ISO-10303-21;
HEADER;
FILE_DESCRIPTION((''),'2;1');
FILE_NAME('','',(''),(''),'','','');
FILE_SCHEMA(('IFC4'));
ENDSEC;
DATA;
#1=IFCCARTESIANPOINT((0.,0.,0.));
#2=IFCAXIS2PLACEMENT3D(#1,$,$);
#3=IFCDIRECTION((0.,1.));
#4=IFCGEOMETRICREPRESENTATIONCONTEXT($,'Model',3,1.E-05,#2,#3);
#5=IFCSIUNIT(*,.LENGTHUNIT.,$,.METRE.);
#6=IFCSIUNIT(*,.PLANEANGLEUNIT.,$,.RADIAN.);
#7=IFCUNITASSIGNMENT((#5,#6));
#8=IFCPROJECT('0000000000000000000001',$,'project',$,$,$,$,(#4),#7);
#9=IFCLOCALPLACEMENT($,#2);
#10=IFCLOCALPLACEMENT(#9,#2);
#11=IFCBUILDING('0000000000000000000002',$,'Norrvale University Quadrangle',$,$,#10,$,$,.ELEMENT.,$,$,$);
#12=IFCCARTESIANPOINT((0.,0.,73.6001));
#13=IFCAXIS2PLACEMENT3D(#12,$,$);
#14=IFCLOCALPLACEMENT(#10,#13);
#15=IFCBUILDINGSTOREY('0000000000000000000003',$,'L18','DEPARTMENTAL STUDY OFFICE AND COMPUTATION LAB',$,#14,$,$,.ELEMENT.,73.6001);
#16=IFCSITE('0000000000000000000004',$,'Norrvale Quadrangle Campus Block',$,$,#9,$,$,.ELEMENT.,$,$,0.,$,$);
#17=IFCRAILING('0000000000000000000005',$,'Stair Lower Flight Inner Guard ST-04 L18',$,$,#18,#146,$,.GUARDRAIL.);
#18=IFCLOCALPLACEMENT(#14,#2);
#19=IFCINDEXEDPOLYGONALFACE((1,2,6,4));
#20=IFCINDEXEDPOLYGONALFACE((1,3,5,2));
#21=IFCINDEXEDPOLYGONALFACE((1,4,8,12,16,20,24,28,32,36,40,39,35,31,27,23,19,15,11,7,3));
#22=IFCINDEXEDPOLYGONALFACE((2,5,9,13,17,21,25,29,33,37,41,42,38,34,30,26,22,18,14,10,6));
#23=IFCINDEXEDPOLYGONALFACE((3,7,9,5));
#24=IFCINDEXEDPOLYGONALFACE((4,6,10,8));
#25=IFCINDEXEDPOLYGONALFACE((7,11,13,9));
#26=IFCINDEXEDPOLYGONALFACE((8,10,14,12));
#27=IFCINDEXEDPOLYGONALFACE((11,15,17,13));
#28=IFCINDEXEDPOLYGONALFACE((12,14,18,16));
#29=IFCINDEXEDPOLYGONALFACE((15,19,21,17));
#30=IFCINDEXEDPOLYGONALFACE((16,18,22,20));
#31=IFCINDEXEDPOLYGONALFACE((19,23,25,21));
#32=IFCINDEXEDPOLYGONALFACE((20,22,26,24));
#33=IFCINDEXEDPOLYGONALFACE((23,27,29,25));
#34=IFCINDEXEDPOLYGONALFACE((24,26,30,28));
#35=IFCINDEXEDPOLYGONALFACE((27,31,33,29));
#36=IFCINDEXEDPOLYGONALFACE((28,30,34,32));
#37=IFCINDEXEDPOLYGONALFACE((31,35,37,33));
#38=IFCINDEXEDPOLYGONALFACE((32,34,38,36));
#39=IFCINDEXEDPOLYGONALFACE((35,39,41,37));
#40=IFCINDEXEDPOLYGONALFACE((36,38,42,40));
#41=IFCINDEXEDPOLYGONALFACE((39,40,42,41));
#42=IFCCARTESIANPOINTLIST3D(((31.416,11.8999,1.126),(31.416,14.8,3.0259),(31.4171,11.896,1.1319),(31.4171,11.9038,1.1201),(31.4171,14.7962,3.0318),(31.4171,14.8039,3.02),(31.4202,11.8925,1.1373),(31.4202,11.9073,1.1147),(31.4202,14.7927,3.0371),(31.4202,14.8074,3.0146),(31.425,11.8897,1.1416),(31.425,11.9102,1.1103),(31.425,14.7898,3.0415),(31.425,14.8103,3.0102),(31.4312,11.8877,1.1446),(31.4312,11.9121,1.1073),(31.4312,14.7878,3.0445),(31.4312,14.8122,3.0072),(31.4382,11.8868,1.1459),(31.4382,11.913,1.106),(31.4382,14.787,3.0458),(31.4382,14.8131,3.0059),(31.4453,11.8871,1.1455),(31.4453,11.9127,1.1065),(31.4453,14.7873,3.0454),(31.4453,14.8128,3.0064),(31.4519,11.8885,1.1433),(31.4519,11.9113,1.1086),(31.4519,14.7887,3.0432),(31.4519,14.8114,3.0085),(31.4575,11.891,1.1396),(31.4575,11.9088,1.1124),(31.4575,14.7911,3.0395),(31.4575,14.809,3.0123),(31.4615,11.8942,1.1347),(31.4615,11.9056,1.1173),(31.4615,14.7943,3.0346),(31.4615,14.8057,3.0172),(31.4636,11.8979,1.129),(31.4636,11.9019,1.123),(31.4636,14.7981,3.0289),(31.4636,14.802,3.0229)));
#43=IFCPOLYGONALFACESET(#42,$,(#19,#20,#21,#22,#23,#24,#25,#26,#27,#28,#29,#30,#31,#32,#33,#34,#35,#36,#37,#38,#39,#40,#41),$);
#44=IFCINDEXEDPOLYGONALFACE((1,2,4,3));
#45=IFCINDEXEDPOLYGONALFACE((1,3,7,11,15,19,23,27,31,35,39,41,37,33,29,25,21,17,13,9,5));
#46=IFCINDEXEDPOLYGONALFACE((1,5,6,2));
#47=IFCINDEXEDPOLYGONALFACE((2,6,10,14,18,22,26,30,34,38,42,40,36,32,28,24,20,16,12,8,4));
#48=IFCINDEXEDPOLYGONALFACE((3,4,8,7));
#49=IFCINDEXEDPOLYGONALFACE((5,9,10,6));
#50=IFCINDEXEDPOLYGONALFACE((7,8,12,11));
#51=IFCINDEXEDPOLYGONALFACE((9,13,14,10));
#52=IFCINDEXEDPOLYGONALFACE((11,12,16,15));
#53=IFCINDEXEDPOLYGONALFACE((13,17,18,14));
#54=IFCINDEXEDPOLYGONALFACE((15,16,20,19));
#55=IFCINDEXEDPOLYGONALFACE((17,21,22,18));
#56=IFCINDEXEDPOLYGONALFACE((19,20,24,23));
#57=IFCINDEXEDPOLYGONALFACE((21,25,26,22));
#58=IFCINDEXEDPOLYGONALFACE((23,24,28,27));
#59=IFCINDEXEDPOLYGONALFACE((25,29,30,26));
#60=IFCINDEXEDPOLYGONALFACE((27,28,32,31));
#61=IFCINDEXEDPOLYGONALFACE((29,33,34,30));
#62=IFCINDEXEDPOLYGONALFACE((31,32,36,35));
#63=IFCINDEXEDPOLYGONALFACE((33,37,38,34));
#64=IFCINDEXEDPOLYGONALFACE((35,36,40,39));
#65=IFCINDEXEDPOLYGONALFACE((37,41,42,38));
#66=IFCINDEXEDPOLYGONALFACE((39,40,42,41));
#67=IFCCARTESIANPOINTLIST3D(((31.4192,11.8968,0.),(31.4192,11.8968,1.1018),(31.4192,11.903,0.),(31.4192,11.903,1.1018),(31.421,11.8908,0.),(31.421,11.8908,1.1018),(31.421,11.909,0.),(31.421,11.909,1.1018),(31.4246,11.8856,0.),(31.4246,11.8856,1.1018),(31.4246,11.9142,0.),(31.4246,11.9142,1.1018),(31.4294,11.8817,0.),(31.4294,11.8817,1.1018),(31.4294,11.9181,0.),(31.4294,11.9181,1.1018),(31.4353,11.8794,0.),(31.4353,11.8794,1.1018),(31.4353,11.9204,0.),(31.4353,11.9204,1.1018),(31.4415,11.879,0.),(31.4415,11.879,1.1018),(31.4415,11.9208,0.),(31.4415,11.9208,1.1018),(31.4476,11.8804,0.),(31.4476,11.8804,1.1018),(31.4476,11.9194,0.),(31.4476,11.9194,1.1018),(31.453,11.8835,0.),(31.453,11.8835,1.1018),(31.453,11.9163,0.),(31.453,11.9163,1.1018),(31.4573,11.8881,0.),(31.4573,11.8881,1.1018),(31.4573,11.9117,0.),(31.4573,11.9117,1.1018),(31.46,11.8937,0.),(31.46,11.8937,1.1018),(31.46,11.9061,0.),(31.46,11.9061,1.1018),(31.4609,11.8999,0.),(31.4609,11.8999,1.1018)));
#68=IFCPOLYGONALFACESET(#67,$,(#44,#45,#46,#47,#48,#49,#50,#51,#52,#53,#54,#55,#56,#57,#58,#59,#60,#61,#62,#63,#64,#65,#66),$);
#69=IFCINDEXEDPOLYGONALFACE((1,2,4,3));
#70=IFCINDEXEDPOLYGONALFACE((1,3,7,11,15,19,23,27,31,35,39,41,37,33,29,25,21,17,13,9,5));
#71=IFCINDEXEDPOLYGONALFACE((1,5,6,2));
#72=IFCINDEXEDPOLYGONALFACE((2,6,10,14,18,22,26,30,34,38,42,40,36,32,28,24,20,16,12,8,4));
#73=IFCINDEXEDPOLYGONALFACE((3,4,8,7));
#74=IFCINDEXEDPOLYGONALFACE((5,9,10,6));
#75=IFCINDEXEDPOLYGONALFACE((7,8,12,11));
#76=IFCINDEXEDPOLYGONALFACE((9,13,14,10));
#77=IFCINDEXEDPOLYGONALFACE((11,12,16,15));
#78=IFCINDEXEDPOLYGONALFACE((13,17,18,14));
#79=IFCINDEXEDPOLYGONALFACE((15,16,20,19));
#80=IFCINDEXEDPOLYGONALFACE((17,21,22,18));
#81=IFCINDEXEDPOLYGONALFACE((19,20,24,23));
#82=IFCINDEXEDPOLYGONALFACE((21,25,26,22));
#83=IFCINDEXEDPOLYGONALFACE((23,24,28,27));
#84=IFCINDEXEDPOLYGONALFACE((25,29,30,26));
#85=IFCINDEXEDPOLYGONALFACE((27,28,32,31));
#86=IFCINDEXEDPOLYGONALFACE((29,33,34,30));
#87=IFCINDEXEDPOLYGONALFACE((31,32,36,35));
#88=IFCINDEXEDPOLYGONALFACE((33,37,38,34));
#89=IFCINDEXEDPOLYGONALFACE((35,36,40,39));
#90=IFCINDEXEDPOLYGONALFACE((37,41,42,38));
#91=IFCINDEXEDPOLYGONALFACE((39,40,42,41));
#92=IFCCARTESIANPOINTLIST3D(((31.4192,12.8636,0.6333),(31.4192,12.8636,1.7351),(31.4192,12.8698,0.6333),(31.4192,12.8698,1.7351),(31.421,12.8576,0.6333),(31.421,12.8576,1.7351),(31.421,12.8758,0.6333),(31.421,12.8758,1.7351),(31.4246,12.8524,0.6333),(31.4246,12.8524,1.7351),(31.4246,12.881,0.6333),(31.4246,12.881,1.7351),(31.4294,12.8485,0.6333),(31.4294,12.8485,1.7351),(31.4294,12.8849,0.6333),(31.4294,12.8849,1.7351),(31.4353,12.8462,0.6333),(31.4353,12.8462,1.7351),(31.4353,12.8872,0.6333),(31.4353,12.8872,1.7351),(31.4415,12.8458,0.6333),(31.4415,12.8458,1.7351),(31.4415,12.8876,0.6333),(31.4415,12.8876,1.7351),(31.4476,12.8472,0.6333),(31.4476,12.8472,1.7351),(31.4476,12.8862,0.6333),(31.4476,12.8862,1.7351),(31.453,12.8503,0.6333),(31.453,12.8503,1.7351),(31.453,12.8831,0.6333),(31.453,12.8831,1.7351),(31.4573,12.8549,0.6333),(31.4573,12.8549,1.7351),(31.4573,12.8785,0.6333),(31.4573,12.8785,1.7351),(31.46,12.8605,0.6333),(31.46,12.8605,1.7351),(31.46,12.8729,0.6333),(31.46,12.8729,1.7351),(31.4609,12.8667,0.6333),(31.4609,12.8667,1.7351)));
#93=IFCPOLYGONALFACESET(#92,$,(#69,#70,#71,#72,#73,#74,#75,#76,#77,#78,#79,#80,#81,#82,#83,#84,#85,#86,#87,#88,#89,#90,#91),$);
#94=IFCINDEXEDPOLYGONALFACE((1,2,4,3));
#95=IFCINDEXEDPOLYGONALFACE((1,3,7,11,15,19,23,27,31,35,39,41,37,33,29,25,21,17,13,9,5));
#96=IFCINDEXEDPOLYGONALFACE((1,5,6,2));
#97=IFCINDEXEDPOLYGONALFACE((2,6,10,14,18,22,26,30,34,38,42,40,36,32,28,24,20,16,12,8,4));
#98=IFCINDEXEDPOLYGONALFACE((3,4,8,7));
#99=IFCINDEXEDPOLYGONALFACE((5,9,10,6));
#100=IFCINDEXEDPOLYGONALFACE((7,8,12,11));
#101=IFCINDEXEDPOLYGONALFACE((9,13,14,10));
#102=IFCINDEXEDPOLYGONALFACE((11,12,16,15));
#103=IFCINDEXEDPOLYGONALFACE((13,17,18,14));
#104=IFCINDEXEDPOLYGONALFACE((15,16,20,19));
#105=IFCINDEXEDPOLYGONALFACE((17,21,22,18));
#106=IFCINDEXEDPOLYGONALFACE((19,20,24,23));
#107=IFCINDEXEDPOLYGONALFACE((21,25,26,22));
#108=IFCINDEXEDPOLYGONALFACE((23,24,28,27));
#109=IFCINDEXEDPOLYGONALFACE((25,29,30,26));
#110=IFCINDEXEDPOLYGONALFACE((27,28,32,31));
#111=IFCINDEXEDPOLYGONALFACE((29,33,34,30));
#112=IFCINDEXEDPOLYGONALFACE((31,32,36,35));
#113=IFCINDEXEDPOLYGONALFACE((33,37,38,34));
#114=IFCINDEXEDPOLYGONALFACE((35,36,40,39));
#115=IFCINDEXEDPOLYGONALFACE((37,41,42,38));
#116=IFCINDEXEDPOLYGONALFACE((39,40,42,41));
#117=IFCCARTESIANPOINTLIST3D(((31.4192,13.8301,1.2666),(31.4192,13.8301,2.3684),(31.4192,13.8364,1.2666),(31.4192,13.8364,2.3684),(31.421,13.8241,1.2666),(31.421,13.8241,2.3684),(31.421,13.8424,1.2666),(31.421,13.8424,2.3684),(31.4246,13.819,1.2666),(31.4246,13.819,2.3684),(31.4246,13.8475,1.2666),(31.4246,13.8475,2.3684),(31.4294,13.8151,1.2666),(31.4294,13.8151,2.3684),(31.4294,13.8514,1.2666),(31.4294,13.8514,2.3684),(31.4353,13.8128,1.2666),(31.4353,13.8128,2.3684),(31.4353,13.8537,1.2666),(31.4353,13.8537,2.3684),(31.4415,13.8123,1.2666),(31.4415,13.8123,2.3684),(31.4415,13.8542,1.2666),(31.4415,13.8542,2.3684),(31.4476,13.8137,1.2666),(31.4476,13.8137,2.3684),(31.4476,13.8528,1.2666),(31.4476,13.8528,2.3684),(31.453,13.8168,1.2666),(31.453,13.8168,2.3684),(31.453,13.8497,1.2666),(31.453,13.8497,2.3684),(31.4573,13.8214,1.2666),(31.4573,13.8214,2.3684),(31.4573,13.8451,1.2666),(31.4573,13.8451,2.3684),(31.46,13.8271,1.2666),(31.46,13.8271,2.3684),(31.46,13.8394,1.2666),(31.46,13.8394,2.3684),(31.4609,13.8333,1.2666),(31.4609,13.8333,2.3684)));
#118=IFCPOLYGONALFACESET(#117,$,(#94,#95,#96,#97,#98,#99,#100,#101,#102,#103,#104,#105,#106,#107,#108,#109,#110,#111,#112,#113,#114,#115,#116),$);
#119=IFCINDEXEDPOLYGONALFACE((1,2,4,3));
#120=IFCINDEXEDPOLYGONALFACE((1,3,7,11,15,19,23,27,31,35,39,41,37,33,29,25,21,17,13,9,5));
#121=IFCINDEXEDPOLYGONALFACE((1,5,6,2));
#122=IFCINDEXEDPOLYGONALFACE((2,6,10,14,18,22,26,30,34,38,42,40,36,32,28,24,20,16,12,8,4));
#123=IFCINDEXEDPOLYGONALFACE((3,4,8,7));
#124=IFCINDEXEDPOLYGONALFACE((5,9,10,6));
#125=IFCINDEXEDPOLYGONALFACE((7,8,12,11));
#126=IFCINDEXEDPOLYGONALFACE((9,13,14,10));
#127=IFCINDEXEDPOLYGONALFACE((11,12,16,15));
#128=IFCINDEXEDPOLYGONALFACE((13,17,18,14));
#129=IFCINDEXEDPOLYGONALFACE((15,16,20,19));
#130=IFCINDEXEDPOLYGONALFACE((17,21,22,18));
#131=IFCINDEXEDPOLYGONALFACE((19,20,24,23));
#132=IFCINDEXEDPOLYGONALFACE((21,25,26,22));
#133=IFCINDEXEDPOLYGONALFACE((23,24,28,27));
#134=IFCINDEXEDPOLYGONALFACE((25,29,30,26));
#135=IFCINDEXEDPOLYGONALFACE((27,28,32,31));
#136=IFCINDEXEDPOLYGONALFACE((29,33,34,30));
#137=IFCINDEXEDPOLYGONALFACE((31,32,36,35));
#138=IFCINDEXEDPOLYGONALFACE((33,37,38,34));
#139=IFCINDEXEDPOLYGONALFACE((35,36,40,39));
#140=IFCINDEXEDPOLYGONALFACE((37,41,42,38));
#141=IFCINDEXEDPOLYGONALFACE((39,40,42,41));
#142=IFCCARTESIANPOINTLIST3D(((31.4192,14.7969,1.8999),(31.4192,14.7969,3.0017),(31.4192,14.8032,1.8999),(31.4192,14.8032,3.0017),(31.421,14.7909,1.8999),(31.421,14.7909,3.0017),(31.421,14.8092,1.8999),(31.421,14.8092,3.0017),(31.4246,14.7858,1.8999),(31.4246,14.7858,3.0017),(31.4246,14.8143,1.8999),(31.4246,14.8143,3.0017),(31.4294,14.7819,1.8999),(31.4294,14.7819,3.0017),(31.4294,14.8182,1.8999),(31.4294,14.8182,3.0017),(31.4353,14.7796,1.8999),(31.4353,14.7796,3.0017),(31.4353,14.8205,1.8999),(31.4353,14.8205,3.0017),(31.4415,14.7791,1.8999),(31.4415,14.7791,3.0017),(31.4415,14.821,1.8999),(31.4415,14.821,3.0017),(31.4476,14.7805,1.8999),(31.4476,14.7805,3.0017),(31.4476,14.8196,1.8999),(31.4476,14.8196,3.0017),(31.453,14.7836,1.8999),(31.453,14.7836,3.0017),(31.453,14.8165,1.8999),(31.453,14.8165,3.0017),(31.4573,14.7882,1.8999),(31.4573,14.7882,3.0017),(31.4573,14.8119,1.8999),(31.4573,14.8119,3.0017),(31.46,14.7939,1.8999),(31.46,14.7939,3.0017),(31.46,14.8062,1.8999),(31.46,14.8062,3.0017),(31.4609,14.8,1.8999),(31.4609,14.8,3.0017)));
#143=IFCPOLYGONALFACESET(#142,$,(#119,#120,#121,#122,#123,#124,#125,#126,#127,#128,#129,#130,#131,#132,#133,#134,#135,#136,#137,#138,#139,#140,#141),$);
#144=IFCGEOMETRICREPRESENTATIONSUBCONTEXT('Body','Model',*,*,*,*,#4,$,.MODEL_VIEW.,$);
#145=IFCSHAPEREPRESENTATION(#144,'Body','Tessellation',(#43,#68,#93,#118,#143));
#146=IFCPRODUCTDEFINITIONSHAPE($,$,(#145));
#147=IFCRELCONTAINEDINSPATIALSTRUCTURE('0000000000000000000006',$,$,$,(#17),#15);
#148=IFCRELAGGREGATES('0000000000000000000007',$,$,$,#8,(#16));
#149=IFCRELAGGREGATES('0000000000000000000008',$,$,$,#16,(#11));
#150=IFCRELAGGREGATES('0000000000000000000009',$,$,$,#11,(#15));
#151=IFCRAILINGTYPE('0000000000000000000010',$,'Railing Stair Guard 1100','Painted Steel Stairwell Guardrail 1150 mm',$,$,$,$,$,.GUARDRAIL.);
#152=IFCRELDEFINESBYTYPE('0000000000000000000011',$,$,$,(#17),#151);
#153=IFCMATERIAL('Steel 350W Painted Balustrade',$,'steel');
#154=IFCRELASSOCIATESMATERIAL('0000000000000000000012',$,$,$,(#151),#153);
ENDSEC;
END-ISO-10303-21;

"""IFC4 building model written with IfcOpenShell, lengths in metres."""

from ifc_helpers import new_model, si_unit, direction, frame, origin, origin_2d, place, context, subcontext, project, spatial, circle, extrude, material, type_object, element, save


model = new_model("IFC4")

# Units and contexts
model_context = context("Model", 3, precision=1e-05, world=origin(), true_north=direction((0.0, 1.0)))
body_context = subcontext(model_context, "Body", "Model", "MODEL_VIEW")
ifc_project = project(units=[si_unit("LENGTHUNIT", "METRE"), si_unit("PLANEANGLEUNIT", "RADIAN")], contexts=[model_context])

# Site, building, storey
site_placement = place(None, origin())
site = spatial("IfcSite", under=ifc_project, at=site_placement, Name="Norrvale Quadrangle Campus Block", CompositionType="ELEMENT", RefElevation=0.0)
building_placement = place(site_placement, origin())
building = spatial("IfcBuilding", under=site, at=building_placement, Name="Norrvale University Quadrangle", CompositionType="ELEMENT")
storey_placement = place(building_placement, frame((0.0, 0.0, 73.6001)))
storey = spatial("IfcBuildingStorey", under=building, at=storey_placement, Name="L18", Description="DEPARTMENTAL STUDY OFFICE AND COMPUTATION LAB", CompositionType="ELEMENT", Elevation=73.6001)

# Railing
ifc_material_1 = material(Name="Steel 350W Painted Balustrade", Category="steel")
railing_type_1 = type_object("IfcRailingType", Name="Railing Stair Guard 1100", Description="Painted Steel Stairwell Guardrail 1150 mm", PredefinedType="GUARDRAIL", material=ifc_material_1)
railing_1_placement = place(storey_placement, frame((31.4399, 11.8999, 0.0)))
element("IfcRailing", 1, at=railing_1_placement, inside=storey, type_object=railing_type_1, Name="Stair Lower Flight Inner Guard ST-04 L18", PredefinedType="GUARDRAIL", context=body_context, shape_type="SweptSolid", body=[
    extrude(circle(Radius=0.0239, at=origin_2d()), frame((0.0, 0.0, 1.126), z_axis=(0.0, 0.836487, 0.547987), x_axis=(-1.0, 0.0, 0.0)), (0.0, 0.0, 1.0), 3.467),
    extrude(circle(Radius=0.021, at=origin_2d()), origin(), (0.0, 0.0, 1.0), 1.1018),
    extrude(circle(Radius=0.021, at=origin_2d()), frame((0.0, 0.9668, 0.6333)), (0.0, 0.0, 1.0), 1.1018),
    extrude(circle(Radius=0.021, at=origin_2d()), frame((0.0, 1.9333, 1.2666)), (0.0, 0.0, 1.0), 1.1018),
    extrude(circle(Radius=0.021, at=origin_2d()), frame((0.0, 2.9001, 1.8999)), (0.0, 0.0, 1.0), 1.1018),
])

save(model, "model.ifc")
